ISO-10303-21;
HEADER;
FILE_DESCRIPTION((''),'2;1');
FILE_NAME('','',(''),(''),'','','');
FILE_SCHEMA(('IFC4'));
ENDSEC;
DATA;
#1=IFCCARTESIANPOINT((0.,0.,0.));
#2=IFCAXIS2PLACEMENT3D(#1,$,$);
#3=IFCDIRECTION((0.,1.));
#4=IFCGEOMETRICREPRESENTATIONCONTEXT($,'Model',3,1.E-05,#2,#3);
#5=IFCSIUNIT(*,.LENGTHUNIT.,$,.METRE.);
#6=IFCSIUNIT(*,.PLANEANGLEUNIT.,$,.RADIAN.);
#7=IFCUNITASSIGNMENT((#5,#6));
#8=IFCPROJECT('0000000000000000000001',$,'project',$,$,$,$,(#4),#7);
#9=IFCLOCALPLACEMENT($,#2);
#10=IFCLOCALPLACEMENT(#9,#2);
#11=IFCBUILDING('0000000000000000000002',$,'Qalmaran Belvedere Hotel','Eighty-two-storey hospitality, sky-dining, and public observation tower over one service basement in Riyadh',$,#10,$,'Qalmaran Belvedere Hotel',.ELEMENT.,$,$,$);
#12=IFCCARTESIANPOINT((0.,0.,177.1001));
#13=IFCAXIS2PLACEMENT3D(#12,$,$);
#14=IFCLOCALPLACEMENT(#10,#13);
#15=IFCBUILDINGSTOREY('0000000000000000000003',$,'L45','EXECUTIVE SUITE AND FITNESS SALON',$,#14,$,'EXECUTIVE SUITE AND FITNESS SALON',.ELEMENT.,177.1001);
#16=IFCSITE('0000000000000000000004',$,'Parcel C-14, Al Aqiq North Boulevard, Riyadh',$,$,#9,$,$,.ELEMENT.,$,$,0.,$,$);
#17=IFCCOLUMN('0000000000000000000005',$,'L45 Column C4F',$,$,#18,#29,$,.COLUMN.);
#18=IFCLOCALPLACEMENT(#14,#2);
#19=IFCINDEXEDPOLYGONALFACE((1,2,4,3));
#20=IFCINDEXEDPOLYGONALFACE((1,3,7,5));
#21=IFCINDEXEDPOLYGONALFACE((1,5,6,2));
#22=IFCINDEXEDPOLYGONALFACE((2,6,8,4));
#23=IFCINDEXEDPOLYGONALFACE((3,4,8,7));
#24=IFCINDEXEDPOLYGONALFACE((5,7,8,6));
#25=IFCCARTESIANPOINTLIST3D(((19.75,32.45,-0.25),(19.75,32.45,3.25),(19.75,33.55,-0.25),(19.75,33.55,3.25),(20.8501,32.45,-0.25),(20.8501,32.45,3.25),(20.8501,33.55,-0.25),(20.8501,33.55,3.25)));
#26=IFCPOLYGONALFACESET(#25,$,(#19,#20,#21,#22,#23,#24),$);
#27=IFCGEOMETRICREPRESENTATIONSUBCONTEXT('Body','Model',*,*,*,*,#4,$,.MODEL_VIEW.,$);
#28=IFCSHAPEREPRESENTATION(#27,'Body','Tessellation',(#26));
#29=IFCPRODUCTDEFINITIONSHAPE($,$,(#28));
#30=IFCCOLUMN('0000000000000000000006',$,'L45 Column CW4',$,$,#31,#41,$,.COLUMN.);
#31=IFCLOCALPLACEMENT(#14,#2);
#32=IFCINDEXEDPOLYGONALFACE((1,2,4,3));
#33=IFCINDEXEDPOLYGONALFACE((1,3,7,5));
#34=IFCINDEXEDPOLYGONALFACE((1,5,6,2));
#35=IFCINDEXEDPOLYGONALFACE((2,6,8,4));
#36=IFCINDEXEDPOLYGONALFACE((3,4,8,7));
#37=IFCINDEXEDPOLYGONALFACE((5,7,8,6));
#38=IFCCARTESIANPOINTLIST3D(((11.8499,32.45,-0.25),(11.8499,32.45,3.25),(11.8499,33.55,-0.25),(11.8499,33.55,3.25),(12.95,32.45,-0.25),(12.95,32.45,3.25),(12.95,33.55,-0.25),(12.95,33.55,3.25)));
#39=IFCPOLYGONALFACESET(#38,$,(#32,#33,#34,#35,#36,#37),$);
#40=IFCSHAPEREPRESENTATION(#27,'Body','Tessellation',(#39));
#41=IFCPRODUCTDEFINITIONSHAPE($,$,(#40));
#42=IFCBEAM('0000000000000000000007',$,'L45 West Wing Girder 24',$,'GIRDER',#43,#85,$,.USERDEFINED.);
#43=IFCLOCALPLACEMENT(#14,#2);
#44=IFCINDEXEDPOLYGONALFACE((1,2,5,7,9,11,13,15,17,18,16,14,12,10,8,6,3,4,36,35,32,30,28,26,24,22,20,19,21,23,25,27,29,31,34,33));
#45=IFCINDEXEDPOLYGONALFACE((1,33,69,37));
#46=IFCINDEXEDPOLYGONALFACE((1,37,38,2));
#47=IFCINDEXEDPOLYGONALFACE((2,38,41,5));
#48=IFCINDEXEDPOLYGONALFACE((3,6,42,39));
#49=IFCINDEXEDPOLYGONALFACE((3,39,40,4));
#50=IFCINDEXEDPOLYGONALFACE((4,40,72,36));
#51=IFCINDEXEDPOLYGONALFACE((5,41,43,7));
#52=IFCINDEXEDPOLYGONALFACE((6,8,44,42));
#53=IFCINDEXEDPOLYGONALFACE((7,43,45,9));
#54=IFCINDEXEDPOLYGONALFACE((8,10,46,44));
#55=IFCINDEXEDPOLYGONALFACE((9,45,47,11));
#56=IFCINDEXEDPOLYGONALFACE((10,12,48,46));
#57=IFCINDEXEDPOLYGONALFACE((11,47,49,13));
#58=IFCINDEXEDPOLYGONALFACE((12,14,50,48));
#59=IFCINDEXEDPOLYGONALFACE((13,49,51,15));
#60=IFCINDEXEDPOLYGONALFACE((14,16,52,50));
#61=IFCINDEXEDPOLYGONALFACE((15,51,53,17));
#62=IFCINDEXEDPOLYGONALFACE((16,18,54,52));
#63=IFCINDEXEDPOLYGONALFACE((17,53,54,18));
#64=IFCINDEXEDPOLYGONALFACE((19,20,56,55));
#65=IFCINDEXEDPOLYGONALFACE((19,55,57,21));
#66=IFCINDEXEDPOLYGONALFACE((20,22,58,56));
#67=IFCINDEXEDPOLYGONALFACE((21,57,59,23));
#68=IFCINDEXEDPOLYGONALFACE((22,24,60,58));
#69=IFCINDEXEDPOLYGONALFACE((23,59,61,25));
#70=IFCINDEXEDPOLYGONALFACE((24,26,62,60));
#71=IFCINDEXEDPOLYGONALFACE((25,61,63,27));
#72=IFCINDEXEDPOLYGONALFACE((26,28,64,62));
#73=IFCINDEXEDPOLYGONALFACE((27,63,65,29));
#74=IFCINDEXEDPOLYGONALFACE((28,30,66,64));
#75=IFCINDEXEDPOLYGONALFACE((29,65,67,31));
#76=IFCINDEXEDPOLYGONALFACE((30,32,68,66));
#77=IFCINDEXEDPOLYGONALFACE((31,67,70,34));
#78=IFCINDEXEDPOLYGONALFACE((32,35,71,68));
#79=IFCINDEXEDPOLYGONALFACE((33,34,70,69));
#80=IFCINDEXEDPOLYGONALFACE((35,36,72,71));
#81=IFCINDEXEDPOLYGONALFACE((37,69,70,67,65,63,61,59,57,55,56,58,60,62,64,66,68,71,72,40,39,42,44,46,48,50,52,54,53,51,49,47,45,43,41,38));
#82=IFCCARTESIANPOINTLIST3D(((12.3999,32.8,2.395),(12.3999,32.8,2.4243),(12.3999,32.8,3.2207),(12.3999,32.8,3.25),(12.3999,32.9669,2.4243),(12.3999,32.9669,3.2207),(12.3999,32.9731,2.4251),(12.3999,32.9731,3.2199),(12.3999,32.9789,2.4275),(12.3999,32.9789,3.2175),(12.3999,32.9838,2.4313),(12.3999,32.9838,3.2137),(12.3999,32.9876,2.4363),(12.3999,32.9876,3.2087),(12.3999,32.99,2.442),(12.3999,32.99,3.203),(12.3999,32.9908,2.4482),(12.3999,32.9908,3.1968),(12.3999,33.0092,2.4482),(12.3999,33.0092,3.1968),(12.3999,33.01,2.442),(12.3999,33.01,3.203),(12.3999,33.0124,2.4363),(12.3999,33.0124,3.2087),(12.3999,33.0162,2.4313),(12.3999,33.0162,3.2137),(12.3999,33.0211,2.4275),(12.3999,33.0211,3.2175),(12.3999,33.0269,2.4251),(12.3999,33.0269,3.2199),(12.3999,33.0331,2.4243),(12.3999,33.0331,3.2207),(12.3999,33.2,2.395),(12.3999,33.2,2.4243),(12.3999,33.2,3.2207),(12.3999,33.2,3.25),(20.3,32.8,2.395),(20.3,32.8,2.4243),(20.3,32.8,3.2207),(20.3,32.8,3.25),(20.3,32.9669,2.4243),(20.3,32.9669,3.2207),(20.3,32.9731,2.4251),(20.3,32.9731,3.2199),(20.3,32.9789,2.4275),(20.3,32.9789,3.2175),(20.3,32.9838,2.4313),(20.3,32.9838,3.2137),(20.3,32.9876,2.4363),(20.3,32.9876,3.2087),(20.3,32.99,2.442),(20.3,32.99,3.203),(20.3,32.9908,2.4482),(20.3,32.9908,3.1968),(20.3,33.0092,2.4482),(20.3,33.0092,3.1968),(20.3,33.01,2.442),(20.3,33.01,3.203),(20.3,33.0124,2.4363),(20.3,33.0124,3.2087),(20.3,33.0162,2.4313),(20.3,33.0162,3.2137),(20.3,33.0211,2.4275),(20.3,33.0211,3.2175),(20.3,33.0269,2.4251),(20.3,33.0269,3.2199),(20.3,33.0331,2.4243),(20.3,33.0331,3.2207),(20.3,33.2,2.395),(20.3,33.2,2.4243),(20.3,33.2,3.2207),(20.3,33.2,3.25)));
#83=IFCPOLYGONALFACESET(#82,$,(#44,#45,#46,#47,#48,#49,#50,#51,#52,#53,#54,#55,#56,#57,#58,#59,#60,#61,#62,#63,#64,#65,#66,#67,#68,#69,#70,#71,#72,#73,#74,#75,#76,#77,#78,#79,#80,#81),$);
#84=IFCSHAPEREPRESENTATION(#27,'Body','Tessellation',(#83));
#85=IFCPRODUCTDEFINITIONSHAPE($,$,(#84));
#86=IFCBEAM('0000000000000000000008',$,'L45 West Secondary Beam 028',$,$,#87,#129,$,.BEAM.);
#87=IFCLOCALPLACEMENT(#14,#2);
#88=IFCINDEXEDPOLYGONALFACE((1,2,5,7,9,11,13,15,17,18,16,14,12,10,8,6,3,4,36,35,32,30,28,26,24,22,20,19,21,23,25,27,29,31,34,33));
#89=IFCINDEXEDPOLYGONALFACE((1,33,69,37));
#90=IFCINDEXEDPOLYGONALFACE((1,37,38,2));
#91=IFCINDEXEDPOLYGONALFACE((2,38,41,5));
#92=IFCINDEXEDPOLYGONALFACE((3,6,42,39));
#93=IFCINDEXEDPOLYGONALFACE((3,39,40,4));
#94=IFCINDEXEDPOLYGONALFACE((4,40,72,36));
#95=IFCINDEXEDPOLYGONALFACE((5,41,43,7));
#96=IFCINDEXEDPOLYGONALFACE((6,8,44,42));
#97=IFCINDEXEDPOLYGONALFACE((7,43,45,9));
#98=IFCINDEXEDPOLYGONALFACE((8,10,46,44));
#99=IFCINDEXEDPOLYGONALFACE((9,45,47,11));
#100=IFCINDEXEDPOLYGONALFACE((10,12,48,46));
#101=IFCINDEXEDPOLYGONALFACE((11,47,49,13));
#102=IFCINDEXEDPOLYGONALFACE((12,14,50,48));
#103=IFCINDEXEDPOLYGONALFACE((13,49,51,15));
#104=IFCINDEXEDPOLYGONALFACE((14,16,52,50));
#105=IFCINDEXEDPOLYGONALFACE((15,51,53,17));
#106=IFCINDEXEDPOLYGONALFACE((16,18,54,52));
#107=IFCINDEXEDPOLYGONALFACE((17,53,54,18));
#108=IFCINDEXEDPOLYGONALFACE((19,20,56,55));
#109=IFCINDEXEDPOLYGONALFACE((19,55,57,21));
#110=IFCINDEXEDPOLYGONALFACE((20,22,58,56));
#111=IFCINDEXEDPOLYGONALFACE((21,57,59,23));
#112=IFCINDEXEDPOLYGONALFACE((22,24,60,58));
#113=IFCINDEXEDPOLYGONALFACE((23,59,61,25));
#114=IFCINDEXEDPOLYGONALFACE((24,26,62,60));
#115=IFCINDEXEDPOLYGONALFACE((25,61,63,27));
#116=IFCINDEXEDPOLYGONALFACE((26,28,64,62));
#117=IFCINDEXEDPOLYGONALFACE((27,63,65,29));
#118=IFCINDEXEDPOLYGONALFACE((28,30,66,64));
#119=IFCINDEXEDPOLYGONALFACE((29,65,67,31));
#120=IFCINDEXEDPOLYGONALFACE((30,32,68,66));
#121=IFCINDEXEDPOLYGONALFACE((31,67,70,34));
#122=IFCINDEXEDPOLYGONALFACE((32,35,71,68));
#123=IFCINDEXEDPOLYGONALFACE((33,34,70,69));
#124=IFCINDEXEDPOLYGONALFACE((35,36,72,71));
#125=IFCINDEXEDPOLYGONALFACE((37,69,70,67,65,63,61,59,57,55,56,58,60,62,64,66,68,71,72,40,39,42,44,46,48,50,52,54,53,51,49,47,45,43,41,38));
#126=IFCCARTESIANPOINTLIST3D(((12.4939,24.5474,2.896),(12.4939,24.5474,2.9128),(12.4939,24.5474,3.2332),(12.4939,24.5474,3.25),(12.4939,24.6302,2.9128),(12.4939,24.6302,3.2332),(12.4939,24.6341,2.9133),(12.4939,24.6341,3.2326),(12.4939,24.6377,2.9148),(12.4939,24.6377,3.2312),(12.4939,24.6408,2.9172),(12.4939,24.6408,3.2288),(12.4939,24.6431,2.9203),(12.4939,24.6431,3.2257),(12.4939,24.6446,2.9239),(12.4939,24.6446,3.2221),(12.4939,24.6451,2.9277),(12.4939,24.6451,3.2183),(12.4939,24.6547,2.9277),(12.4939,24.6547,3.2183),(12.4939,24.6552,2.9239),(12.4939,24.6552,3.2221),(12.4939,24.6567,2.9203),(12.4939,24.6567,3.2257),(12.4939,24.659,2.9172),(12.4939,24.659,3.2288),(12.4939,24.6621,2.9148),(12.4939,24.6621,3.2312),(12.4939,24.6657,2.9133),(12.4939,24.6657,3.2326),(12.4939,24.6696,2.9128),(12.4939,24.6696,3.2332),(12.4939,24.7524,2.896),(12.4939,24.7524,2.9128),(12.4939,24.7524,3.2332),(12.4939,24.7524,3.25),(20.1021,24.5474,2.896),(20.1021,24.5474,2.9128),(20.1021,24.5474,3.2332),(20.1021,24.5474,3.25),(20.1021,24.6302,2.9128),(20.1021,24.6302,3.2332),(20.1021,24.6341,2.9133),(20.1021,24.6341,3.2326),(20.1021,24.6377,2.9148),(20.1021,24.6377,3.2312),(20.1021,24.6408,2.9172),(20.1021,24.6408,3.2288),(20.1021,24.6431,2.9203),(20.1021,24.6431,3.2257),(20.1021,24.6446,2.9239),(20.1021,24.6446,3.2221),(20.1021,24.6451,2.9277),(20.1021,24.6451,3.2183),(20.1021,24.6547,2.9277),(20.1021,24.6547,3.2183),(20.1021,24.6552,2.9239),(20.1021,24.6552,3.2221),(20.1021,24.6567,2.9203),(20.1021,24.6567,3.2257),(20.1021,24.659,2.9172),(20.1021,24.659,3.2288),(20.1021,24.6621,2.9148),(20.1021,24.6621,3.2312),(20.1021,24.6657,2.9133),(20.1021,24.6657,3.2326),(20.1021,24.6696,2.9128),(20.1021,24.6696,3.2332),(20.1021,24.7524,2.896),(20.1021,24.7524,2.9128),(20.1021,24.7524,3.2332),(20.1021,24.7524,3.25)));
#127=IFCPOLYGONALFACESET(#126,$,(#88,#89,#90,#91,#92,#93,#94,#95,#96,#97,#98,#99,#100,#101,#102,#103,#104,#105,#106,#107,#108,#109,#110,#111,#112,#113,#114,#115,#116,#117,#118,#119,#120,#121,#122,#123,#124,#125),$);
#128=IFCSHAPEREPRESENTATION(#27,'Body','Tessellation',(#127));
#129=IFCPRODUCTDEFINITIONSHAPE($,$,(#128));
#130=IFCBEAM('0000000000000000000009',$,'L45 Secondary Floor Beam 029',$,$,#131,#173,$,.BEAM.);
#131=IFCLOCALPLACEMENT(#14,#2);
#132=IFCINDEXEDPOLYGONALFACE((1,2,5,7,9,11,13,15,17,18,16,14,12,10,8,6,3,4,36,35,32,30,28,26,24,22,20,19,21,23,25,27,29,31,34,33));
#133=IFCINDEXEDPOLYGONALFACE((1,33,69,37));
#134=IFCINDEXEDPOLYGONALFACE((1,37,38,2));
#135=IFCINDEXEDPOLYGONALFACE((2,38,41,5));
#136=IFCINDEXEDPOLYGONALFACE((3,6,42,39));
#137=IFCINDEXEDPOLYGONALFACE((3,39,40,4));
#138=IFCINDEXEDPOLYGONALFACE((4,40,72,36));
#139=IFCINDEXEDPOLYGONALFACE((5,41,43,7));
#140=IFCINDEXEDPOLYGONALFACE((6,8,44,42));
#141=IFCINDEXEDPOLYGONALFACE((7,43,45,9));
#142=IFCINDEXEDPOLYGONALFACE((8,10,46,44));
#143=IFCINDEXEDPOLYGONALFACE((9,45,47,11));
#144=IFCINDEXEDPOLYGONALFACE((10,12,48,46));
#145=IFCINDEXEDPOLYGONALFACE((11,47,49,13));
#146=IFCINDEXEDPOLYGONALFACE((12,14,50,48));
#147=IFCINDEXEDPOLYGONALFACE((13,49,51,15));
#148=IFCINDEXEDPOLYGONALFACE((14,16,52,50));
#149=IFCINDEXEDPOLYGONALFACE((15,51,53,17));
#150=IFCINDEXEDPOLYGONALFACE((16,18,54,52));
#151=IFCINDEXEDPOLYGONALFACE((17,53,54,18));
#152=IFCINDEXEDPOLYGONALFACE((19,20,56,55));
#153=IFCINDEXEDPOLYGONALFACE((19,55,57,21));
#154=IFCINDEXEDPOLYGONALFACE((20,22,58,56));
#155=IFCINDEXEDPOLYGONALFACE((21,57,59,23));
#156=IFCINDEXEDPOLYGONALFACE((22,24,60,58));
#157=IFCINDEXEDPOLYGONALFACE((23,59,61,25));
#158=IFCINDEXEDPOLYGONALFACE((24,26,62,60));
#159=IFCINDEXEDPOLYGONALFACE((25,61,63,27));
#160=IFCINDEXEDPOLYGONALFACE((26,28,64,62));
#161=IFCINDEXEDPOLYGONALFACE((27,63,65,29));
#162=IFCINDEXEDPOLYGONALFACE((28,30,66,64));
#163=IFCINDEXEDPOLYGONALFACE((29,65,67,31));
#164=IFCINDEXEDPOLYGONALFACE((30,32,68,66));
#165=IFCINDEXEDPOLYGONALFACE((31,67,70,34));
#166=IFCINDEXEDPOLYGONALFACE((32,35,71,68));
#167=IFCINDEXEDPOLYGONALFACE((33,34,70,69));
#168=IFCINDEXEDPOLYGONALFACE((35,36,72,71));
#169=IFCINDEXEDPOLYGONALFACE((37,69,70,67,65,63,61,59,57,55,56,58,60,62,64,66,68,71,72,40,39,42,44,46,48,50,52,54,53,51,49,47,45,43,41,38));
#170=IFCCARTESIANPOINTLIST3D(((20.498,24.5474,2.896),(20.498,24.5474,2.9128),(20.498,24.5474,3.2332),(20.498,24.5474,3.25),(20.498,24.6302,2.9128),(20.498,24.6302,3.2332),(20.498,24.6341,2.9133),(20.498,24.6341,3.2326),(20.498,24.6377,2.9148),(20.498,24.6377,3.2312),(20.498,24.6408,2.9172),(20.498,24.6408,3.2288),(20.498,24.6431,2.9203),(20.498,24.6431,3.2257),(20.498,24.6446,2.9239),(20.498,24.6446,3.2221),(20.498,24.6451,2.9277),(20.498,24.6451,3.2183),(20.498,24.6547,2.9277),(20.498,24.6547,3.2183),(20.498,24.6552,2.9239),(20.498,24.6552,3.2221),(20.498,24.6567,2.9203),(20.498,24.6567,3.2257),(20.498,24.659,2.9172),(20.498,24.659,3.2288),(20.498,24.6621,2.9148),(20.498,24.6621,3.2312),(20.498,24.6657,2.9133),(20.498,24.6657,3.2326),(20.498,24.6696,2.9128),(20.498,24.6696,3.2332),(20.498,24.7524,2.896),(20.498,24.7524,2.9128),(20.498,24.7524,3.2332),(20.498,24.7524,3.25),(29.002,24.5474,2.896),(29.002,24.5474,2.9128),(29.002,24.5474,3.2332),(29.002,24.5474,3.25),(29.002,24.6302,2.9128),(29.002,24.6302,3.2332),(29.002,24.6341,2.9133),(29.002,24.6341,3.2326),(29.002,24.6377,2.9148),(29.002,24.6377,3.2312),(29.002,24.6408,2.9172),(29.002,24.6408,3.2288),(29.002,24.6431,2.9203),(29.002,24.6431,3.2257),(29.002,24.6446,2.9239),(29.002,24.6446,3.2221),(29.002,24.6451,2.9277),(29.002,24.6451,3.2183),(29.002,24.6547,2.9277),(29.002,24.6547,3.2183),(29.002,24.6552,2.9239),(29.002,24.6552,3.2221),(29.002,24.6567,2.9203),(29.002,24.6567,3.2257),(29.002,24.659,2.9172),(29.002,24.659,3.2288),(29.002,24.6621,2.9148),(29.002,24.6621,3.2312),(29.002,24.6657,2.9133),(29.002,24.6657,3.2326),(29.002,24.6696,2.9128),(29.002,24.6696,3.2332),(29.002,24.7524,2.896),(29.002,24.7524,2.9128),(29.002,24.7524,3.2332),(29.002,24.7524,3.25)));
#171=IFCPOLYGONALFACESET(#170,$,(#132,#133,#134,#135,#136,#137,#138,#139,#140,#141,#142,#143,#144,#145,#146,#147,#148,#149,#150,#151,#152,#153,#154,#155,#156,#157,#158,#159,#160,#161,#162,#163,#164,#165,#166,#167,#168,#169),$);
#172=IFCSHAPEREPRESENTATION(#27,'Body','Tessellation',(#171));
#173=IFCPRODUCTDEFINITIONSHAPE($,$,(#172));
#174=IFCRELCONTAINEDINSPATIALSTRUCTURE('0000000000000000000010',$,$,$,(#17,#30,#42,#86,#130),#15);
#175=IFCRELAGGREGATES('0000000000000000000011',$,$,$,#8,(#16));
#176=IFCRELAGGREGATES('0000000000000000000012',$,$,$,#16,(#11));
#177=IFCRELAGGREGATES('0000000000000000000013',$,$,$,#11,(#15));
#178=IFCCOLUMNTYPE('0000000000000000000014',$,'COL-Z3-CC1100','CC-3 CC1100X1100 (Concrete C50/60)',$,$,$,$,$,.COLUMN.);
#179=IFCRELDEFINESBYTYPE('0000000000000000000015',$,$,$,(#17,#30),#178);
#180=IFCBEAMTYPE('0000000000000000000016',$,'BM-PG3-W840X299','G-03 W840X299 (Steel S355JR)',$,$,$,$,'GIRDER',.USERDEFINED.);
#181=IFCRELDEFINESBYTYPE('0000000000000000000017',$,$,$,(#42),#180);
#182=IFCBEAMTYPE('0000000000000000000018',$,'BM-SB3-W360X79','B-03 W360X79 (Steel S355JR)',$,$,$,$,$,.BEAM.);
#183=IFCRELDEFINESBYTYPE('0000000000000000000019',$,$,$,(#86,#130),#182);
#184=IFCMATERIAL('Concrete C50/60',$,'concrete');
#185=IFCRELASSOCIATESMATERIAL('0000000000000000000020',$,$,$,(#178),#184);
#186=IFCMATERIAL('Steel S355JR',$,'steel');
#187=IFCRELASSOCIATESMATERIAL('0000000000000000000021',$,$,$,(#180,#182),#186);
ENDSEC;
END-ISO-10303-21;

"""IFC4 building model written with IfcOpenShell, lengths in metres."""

from ifc_helpers import new_model, si_unit, direction, frame, origin, origin_2d, place, context, subcontext, project, spatial, rectangle, i_section, extrude, material, material_profile, profile_set, type_object, element, save


model = new_model("IFC4")

# Units and contexts
model_context = context("Model", 3, precision=1e-05, world=origin(), true_north=direction((0.0, 1.0)))
body_context = subcontext(model_context, "Body", "Model", "MODEL_VIEW")
ifc_project = project(units=[si_unit("LENGTHUNIT", "METRE"), si_unit("PLANEANGLEUNIT", "RADIAN")], contexts=[model_context])

# Site, building, storey
site_placement = place(None, origin())
site = spatial("IfcSite", under=ifc_project, at=site_placement, Name="Parcel C-14, Al Aqiq North Boulevard, Riyadh", CompositionType="ELEMENT", RefElevation=0.0)
building_placement = place(site_placement, origin())
building = spatial("IfcBuilding", under=site, at=building_placement, Name="Qalmaran Belvedere Hotel", Description="Eighty-two-storey hospitality, sky-dining, and public observation tower over one service basement in Riyadh", LongName="Qalmaran Belvedere Hotel", CompositionType="ELEMENT")
storey_placement = place(building_placement, frame((0.0, 0.0, 177.1001)))
storey = spatial("IfcBuildingStorey", under=building, at=storey_placement, Name="L45", Description="EXECUTIVE SUITE AND FITNESS SALON", LongName="EXECUTIVE SUITE AND FITNESS SALON", CompositionType="ELEMENT", Elevation=177.1001)

# Columns
ifc_material_1 = material(Name="Concrete C50/60", Category="concrete")
ifc_material_profile_1 = material_profile(ifc_material_1, rectangle(XDim=1.1001, YDim=1.1001, at=origin_2d()), Name="CC1100X1100")
ifc_profile_set_1 = profile_set([ifc_material_profile_1], Name="Concrete C50/60")
column_type = type_object("IfcColumnType", Name="COL-Z3-CC1100", Description="CC-3 CC1100X1100 (Concrete C50/60)", PredefinedType="COLUMN", material=ifc_profile_set_1)
for number, where, z_axis, x_axis, name in (
    (1, (20.3, 33.0, -0.25), (0.0, 0.0, 1.0), (1.0, 0.0, 0.0), "L45 Column C4F"),
    (2, (12.3999, 33.0, -0.25), (0.0, 0.0, 1.0), (1.0, 0.0, 0.0), "L45 Column CW4"),
):
    element("IfcColumn", number, at=place(storey_placement, frame(where, z_axis=z_axis, x_axis=x_axis)), inside=storey, type_object=column_type, Name=name, PredefinedType="COLUMN", context=body_context, shape_type="SweptSolid", body=[
        extrude(rectangle(XDim=1.1001, YDim=1.1001, at=origin_2d()), origin(), (0.0, 0.0, 1.0), 3.5),
    ])

# Beams
ifc_material_2 = material(Name="Steel S355JR", Category="steel")
ifc_material_profile_2 = material_profile(ifc_material_2, i_section(OverallWidth=0.3999, OverallDepth=0.855, WebThickness=0.0183, FlangeThickness=0.0293, FilletRadius=0.0239, at=origin_2d()), Name="W840X299")
ifc_profile_set_2 = profile_set([ifc_material_profile_2], Name="Steel S355JR")
beam_type_1 = type_object("IfcBeamType", Name="BM-PG3-W840X299", Description="G-03 W840X299 (Steel S355JR)", ElementType="GIRDER", PredefinedType="USERDEFINED", material=ifc_profile_set_2)
beam_1_placement = place(storey_placement, frame((12.3999, 33.0, 2.8225), z_axis=(1.0, 0.0, 0.0), x_axis=(0.0, 1.0, 0.0)))
element("IfcBeam", 3, at=beam_1_placement, inside=storey, type_object=beam_type_1, Name="L45 West Wing Girder 24", ObjectType="GIRDER", PredefinedType="USERDEFINED", context=body_context, shape_type="SweptSolid", body=[
    extrude(i_section(OverallWidth=0.3999, OverallDepth=0.855, WebThickness=0.0183, FlangeThickness=0.0293, FilletRadius=0.0239, at=origin_2d()), origin(), (0.0, 0.0, 1.0), 7.9001),
])
ifc_material_profile_3 = material_profile(ifc_material_2, i_section(OverallWidth=0.2051, OverallDepth=0.354, WebThickness=0.0095, FlangeThickness=0.0168, FilletRadius=0.0149, at=origin_2d()), Name="W360X79")
ifc_profile_set_3 = profile_set([ifc_material_profile_3], Name="Steel S355JR")
beam_type_2 = type_object("IfcBeamType", Name="BM-SB3-W360X79", Description="B-03 W360X79 (Steel S355JR)", PredefinedType="BEAM", material=ifc_profile_set_3)
beam_2_placement = place(storey_placement, frame((12.4939, 24.6499, 3.073), z_axis=(1.0, 0.0, 0.0), x_axis=(0.0, 1.0, 0.0)))
element("IfcBeam", 4, at=beam_2_placement, inside=storey, type_object=beam_type_2, Name="L45 West Secondary Beam 028", PredefinedType="BEAM", context=body_context, shape_type="SweptSolid", body=[
    extrude(i_section(OverallWidth=0.2051, OverallDepth=0.354, WebThickness=0.0095, FlangeThickness=0.0168, FilletRadius=0.0149, at=origin_2d()), origin(), (0.0, 0.0, 1.0), 7.6082),
])
beam_3_placement = place(storey_placement, frame((20.498, 24.6499, 3.073), z_axis=(1.0, 0.0, 0.0), x_axis=(0.0, 1.0, 0.0)))
element("IfcBeam", 5, at=beam_3_placement, inside=storey, type_object=beam_type_2, Name="L45 Secondary Floor Beam 029", PredefinedType="BEAM", context=body_context, shape_type="SweptSolid", body=[
    extrude(i_section(OverallWidth=0.2051, OverallDepth=0.354, WebThickness=0.0095, FlangeThickness=0.0168, FilletRadius=0.0149, at=origin_2d()), origin(), (0.0, 0.0, 1.0), 8.5039),
])

save(model, "model.ifc")
